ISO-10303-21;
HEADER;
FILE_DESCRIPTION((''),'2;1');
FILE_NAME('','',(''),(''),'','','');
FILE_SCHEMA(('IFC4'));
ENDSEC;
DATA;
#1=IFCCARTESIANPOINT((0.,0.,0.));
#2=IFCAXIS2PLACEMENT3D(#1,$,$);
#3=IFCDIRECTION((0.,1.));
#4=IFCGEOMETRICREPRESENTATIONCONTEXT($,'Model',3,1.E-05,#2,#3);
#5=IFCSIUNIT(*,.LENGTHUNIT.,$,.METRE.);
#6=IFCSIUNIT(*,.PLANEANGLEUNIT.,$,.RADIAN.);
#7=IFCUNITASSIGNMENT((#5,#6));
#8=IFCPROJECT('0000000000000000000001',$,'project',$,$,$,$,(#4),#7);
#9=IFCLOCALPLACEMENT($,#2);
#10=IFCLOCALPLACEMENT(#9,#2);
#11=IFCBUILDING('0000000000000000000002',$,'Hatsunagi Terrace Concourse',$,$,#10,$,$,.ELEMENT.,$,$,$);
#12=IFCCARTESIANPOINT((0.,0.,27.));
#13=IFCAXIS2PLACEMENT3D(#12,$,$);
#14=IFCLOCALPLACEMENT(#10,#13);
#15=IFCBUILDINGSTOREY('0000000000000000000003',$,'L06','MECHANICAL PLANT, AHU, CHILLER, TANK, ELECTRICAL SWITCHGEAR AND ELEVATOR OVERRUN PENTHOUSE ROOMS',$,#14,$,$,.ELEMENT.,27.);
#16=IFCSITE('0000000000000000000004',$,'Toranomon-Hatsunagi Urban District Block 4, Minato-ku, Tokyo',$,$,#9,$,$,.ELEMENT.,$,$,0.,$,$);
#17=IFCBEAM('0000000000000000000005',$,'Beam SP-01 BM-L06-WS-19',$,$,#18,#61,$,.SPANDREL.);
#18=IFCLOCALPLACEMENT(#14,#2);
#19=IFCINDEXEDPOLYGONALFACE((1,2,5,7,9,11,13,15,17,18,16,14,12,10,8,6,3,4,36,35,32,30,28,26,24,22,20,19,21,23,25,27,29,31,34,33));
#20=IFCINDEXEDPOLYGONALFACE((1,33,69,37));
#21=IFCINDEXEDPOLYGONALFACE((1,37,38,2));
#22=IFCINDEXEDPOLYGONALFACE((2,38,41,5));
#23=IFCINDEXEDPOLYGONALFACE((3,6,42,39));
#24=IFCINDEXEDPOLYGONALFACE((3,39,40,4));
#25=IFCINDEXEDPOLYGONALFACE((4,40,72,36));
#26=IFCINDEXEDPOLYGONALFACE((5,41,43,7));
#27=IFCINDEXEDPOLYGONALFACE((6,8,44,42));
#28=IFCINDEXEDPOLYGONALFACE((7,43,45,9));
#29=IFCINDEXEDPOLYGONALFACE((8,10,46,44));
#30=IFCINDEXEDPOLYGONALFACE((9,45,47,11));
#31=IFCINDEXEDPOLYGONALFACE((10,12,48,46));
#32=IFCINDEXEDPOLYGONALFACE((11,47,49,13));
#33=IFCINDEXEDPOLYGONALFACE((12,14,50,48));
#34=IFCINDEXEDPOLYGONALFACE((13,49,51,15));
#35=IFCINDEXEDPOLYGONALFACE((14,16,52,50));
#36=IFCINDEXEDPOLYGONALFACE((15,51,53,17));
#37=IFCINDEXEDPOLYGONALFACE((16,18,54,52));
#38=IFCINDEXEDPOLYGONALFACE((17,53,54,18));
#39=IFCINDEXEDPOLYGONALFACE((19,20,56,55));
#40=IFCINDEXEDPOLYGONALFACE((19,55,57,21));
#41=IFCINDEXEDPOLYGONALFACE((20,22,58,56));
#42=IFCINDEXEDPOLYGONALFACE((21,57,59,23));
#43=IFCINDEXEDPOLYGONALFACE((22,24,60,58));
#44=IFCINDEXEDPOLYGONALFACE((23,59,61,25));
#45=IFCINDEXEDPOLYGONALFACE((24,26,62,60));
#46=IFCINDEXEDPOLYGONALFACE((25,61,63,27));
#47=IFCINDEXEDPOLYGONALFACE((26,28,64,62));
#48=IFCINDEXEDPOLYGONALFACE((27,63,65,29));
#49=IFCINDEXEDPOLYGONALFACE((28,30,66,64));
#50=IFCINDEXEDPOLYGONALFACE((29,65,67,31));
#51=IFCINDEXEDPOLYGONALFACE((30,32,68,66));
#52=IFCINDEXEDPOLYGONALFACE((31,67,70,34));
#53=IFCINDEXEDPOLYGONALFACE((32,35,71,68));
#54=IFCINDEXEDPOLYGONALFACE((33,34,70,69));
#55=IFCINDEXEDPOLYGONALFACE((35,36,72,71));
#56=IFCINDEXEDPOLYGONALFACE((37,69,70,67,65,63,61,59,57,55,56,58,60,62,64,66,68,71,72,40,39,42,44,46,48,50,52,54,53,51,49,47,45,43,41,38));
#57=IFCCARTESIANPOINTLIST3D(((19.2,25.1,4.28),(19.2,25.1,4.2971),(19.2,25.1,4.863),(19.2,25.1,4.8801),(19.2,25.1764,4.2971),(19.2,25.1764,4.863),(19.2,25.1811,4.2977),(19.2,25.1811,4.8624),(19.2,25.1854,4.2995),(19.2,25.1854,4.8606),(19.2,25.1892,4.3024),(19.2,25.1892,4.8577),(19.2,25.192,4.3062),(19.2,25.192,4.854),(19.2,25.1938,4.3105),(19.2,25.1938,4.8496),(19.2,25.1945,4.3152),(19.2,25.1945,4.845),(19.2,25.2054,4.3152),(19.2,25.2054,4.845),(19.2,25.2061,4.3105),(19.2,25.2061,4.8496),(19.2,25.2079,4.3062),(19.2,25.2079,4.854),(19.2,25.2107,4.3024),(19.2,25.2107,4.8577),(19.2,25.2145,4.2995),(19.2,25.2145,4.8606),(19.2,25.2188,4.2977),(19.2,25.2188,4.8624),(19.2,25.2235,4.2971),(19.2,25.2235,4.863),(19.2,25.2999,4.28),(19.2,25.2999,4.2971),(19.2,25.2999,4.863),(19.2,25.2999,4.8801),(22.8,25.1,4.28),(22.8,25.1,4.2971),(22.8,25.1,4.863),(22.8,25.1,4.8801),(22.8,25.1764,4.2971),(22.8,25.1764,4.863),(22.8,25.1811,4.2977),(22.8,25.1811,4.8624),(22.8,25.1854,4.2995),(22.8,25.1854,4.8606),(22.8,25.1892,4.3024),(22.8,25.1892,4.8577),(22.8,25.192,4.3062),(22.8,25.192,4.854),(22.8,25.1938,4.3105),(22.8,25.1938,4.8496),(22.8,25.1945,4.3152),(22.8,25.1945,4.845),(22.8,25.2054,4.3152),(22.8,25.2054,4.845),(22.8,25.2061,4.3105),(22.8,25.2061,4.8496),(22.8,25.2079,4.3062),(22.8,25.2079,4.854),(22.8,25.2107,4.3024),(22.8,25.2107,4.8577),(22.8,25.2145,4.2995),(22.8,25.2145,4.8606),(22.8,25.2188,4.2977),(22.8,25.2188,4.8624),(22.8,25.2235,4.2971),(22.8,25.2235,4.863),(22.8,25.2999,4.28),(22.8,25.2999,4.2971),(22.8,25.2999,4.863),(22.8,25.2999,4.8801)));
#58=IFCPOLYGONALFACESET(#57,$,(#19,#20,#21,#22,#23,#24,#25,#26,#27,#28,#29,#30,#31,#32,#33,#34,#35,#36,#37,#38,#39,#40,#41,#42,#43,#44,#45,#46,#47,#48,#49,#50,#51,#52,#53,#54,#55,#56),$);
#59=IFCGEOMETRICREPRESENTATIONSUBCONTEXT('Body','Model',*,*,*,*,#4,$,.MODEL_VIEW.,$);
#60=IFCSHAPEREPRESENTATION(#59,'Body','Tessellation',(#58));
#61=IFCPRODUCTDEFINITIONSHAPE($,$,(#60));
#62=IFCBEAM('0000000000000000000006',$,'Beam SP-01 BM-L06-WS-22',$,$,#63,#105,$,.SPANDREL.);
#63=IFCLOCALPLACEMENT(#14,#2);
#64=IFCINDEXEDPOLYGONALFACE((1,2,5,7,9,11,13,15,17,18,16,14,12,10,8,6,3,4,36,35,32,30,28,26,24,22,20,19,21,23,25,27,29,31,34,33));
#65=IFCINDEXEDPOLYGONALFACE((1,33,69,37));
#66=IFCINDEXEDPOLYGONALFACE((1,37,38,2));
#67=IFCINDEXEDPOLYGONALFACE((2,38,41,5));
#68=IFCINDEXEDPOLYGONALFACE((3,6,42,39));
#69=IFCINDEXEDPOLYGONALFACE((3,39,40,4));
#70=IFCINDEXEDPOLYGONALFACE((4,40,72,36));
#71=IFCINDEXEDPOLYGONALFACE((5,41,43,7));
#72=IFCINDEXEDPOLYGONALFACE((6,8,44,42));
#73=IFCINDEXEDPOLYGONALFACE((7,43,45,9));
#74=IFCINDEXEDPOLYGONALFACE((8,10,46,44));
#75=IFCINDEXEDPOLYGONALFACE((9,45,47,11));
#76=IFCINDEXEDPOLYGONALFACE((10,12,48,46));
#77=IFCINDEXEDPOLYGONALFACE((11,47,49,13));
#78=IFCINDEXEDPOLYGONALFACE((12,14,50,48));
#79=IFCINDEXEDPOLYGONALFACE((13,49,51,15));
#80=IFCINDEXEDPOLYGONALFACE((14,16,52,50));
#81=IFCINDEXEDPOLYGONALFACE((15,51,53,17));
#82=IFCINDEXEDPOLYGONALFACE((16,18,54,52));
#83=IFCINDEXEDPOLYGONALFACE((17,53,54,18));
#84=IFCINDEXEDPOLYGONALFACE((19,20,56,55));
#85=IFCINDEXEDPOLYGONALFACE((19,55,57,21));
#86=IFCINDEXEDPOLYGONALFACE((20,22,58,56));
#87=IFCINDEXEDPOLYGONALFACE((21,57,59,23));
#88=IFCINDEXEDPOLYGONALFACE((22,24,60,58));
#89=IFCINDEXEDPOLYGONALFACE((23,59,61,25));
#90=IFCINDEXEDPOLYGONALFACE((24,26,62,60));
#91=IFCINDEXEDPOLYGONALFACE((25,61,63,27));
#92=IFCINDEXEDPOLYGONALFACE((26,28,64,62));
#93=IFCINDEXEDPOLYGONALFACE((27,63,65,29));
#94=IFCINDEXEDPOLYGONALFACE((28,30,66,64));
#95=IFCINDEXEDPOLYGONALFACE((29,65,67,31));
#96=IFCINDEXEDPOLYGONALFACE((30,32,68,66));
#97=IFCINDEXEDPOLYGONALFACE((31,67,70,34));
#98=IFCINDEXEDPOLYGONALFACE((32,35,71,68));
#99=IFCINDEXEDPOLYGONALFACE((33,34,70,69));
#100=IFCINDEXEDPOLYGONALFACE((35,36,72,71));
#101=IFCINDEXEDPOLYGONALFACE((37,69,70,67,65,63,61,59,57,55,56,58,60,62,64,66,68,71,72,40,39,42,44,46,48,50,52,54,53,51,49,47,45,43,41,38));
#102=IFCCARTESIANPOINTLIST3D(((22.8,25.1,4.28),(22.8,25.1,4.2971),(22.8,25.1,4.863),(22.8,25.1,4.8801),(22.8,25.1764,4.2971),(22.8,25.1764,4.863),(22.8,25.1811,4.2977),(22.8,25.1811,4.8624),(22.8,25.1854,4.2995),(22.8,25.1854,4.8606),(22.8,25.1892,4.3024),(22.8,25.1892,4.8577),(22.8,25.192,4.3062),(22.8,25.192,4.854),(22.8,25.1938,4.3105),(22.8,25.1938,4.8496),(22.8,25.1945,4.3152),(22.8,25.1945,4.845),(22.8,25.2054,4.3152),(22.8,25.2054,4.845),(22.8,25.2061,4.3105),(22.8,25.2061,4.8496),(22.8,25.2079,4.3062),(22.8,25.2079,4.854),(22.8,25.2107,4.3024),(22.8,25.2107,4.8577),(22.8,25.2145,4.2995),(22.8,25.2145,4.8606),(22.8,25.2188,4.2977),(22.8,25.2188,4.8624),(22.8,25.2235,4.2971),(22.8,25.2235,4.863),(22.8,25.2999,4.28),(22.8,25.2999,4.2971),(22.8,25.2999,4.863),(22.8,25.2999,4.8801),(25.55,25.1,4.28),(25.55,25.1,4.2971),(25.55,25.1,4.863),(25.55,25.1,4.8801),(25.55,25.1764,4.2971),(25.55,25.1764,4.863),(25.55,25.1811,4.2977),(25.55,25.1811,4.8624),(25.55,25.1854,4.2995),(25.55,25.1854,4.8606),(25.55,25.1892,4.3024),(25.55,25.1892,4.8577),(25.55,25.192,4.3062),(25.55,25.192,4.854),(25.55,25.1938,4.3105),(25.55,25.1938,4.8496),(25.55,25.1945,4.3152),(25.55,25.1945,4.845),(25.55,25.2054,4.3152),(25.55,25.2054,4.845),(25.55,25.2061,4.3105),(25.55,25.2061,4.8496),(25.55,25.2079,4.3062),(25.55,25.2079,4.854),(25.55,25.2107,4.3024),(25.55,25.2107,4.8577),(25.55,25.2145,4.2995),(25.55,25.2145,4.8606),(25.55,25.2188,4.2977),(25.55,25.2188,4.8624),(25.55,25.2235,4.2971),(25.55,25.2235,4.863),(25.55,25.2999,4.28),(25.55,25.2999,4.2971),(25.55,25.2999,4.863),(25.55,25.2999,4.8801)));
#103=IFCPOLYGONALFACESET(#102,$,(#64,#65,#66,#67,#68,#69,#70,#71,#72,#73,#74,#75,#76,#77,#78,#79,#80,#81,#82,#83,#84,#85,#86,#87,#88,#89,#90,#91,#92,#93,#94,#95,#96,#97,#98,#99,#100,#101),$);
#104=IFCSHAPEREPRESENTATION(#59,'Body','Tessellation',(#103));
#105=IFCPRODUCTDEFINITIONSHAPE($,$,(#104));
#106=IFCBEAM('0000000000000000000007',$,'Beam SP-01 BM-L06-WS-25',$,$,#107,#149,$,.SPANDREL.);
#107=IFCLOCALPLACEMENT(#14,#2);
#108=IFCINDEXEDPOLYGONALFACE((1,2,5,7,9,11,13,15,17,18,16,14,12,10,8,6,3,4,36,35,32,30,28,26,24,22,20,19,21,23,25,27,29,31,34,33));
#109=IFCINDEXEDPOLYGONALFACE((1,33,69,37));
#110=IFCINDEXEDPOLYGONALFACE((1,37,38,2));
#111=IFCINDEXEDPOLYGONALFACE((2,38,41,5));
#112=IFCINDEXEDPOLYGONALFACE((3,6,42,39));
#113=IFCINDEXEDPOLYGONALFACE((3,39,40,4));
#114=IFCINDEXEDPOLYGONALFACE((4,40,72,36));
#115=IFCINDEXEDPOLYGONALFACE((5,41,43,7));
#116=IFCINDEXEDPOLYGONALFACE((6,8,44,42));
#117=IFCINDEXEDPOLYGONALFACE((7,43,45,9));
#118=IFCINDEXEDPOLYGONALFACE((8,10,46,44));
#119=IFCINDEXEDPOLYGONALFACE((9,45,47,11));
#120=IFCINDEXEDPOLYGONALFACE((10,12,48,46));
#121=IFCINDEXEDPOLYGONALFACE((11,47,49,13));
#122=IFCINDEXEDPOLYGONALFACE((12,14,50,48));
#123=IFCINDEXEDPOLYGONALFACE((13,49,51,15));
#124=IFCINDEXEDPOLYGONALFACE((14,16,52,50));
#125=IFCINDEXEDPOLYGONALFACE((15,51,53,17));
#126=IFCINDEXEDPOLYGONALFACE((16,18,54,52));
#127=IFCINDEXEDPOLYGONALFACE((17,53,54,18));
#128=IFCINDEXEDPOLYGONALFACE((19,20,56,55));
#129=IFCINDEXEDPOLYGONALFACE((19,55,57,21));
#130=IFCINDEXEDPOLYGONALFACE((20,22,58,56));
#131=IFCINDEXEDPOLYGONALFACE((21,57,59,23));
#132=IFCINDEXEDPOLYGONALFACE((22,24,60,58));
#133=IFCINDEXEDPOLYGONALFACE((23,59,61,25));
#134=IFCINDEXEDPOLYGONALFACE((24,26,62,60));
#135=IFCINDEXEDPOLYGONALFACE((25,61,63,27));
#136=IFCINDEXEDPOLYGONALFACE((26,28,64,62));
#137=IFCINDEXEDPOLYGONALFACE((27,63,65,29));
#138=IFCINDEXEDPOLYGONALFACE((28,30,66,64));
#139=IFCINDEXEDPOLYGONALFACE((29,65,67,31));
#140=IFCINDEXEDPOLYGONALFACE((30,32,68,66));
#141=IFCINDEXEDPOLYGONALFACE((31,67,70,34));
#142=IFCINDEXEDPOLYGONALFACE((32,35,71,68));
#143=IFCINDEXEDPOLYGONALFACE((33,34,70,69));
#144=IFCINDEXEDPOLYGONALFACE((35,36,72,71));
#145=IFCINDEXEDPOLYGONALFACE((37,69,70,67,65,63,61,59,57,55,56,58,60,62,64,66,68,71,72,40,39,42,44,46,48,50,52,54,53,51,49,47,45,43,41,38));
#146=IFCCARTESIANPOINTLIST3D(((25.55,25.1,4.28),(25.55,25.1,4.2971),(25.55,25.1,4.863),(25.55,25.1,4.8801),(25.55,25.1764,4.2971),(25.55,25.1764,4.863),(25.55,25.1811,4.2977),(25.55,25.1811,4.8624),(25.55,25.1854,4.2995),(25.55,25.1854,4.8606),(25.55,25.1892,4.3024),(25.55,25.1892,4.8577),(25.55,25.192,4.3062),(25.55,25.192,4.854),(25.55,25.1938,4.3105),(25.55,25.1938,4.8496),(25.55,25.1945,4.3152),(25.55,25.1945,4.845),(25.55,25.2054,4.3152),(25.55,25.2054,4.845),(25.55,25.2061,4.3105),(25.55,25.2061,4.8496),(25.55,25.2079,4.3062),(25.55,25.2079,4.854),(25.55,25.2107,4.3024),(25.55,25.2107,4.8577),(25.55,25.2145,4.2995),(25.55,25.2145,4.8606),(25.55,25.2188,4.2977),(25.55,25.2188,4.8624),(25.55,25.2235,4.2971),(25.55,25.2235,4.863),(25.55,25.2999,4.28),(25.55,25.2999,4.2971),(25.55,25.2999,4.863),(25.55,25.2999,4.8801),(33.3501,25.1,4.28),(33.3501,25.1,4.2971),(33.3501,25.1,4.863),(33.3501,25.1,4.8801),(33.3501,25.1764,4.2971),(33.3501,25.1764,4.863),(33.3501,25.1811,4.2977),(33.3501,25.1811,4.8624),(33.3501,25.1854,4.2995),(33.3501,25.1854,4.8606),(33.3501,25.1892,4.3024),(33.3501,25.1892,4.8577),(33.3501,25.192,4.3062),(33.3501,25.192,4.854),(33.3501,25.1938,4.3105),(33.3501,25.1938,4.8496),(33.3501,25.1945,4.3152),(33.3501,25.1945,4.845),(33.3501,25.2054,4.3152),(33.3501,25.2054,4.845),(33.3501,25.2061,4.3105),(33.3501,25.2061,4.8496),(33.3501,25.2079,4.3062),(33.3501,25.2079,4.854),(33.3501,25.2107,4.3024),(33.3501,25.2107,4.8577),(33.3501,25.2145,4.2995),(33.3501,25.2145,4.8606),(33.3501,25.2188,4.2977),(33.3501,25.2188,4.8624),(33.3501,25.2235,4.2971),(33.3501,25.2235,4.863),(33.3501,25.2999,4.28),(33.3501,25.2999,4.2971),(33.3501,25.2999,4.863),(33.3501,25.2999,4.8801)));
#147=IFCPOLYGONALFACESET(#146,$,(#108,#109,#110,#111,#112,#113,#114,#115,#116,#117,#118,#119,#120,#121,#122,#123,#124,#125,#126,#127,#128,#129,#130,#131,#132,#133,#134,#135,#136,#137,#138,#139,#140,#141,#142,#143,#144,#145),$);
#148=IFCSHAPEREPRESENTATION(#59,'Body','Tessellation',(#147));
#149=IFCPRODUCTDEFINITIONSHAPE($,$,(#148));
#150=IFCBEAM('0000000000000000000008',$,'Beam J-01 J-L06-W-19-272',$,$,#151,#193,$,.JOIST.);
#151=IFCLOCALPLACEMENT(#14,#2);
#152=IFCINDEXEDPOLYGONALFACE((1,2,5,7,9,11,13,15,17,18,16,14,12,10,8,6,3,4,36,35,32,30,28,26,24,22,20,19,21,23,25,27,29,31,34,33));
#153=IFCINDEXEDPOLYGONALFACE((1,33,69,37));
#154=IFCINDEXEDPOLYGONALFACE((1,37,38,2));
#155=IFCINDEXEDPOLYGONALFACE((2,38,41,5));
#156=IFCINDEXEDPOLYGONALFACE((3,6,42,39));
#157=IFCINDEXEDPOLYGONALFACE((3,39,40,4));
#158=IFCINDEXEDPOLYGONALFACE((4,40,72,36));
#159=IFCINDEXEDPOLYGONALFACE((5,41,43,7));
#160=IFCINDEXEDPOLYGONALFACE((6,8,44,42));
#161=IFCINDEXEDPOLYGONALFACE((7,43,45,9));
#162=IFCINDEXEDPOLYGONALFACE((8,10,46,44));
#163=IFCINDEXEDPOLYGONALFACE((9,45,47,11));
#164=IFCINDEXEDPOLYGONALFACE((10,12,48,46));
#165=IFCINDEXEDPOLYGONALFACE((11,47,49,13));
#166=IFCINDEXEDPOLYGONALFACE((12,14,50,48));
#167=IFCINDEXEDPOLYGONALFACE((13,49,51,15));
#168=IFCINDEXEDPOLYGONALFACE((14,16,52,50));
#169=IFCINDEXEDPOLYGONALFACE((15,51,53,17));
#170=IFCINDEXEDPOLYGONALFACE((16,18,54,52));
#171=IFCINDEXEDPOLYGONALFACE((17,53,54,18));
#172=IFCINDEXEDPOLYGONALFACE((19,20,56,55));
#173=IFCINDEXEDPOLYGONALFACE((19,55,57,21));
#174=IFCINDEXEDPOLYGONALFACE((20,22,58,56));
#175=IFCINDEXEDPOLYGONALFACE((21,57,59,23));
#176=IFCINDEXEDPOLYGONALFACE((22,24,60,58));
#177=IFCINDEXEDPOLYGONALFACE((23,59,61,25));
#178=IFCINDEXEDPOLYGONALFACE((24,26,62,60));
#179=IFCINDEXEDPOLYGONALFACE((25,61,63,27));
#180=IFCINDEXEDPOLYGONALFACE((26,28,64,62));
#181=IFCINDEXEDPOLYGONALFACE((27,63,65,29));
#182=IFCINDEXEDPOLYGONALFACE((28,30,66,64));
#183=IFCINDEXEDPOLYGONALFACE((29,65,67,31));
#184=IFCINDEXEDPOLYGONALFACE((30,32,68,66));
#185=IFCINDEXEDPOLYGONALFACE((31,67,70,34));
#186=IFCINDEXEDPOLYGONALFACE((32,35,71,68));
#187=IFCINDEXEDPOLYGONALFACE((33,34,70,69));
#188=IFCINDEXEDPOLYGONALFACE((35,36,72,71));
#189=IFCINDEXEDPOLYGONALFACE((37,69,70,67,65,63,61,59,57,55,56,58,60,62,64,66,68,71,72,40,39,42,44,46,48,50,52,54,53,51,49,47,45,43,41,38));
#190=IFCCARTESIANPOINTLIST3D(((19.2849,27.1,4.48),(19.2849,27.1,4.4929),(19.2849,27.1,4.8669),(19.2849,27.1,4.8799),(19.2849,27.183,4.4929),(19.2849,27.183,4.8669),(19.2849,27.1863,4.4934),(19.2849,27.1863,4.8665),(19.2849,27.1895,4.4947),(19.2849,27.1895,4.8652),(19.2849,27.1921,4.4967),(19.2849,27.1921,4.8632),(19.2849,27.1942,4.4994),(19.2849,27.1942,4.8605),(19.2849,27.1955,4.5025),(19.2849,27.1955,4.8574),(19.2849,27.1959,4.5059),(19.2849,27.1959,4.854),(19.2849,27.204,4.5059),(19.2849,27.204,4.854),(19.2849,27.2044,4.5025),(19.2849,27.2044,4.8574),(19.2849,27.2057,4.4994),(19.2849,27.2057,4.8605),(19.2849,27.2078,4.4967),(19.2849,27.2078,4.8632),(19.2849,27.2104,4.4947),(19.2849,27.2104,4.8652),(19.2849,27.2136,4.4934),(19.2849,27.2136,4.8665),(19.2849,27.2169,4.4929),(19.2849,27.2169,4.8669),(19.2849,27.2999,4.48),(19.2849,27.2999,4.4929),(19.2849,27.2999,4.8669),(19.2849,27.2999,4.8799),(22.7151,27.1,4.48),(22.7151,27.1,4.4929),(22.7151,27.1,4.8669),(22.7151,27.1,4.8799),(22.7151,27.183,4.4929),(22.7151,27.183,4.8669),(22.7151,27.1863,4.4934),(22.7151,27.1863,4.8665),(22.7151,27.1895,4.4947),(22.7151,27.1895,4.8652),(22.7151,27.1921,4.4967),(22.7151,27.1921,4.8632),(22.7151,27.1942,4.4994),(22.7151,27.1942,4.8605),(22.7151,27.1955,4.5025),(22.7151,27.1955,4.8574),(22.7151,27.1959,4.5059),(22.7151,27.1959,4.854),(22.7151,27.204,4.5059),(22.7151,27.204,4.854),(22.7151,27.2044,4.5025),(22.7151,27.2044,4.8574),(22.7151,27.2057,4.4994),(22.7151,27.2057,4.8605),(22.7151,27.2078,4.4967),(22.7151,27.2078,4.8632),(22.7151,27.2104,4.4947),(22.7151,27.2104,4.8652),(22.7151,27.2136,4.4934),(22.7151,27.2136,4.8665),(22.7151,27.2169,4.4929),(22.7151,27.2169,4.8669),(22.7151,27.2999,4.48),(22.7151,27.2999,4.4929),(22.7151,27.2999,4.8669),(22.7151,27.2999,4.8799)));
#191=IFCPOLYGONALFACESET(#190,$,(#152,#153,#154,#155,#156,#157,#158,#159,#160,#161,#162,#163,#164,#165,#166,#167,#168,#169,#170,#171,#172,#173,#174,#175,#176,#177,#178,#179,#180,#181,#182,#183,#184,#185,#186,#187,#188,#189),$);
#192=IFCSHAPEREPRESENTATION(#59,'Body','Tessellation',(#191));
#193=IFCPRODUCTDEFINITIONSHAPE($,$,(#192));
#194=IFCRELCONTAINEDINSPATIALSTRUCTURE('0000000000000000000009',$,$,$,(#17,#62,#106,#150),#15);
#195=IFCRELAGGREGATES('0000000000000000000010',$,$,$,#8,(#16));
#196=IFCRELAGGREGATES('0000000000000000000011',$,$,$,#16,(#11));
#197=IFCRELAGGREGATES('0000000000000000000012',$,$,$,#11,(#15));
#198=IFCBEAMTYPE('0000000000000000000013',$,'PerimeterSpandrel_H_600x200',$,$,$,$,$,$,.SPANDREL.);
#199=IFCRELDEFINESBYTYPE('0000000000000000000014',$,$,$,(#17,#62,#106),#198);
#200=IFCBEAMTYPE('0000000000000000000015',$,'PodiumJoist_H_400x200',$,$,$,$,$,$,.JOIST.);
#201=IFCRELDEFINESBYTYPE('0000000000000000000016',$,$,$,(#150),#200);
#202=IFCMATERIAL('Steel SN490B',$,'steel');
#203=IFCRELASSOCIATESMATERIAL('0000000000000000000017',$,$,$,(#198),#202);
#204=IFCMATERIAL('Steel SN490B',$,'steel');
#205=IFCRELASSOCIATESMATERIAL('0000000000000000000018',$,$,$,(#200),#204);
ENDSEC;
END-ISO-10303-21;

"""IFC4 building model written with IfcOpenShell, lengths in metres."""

from ifc_helpers import new_model, si_unit, direction, frame, origin, origin_2d, place, context, subcontext, project, spatial, i_section, extrude, material, material_profile, profile_set, type_object, element, save


model = new_model("IFC4")

# Units and contexts
model_context = context("Model", 3, precision=1e-05, world=origin(), true_north=direction((0.0, 1.0)))
body_context = subcontext(model_context, "Body", "Model", "MODEL_VIEW")
ifc_project = project(units=[si_unit("LENGTHUNIT", "METRE"), si_unit("PLANEANGLEUNIT", "RADIAN")], contexts=[model_context])

# Site, building, storey
site_placement = place(None, origin())
site = spatial("IfcSite", under=ifc_project, at=site_placement, Name="Toranomon-Hatsunagi Urban District Block 4, Minato-ku, Tokyo", CompositionType="ELEMENT", RefElevation=0.0)
building_placement = place(site_placement, origin())
building = spatial("IfcBuilding", under=site, at=building_placement, Name="Hatsunagi Terrace Concourse", CompositionType="ELEMENT")
storey_placement = place(building_placement, frame((0.0, 0.0, 27.0)))
storey = spatial("IfcBuildingStorey", under=building, at=storey_placement, Name="L06", Description="MECHANICAL PLANT, AHU, CHILLER, TANK, ELECTRICAL SWITCHGEAR AND ELEVATOR OVERRUN PENTHOUSE ROOMS", CompositionType="ELEMENT", Elevation=27.0)

# Beams
ifc_material_1 = material(Name="Steel SN490B", Category="steel")
ifc_material_profile_1 = material_profile(ifc_material_1, i_section(OverallWidth=0.2, OverallDepth=0.6001, WebThickness=0.011, FlangeThickness=0.0171, FilletRadius=0.0181, at=origin_2d()), Name="H-600x200x11x17")
ifc_profile_set_1 = profile_set([ifc_material_profile_1], Name="Steel SN490B")
beam_type_1 = type_object("IfcBeamType", Name="PerimeterSpandrel_H_600x200", PredefinedType="SPANDREL", material=ifc_profile_set_1)
beam_1_placement = place(storey_placement, frame((19.2, 25.2, 4.5801), z_axis=(1.0, 0.0, 0.0), x_axis=(0.0, 1.0, 0.0)))
element("IfcBeam", 1, at=beam_1_placement, inside=storey, type_object=beam_type_1, Name="Beam SP-01 BM-L06-WS-19", PredefinedType="SPANDREL", context=body_context, shape_type="SweptSolid", body=[
    extrude(i_section(OverallWidth=0.2, OverallDepth=0.6001, WebThickness=0.011, FlangeThickness=0.0171, FilletRadius=0.0181, at=origin_2d()), origin(), (0.0, 0.0, 1.0), 3.6001),
])
beam_2_placement = place(storey_placement, frame((22.8, 25.2, 4.5801), z_axis=(1.0, 0.0, 0.0), x_axis=(0.0, 1.0, 0.0)))
element("IfcBeam", 2, at=beam_2_placement, inside=storey, type_object=beam_type_1, Name="Beam SP-01 BM-L06-WS-22", PredefinedType="SPANDREL", context=body_context, shape_type="SweptSolid", body=[
    extrude(i_section(OverallWidth=0.2, OverallDepth=0.6001, WebThickness=0.011, FlangeThickness=0.0171, FilletRadius=0.0181, at=origin_2d()), origin(), (0.0, 0.0, 1.0), 2.75),
])
beam_3_placement = place(storey_placement, frame((25.55, 25.2, 4.5801), z_axis=(1.0, 0.0, 0.0), x_axis=(0.0, 1.0, 0.0)))
element("IfcBeam", 3, at=beam_3_placement, inside=storey, type_object=beam_type_1, Name="Beam SP-01 BM-L06-WS-25", PredefinedType="SPANDREL", context=body_context, shape_type="SweptSolid", body=[
    extrude(i_section(OverallWidth=0.2, OverallDepth=0.6001, WebThickness=0.011, FlangeThickness=0.0171, FilletRadius=0.0181, at=origin_2d()), origin(), (0.0, 0.0, 1.0), 7.8),
])
ifc_material_2 = material(Name="Steel SN490B", Category="steel")
ifc_material_profile_2 = material_profile(ifc_material_2, i_section(OverallWidth=0.2, OverallDepth=0.3999, WebThickness=0.0081, FlangeThickness=0.0129, FilletRadius=0.0129, at=origin_2d()), Name="H-400x200x8x13")
ifc_profile_set_2 = profile_set([ifc_material_profile_2], Name="Steel SN490B")
beam_type_2 = type_object("IfcBeamType", Name="PodiumJoist_H_400x200", PredefinedType="JOIST", material=ifc_profile_set_2)
beam_4_placement = place(storey_placement, frame((19.2849, 27.2, 4.6799), z_axis=(1.0, 0.0, 0.0), x_axis=(0.0, 1.0, 0.0)))
element("IfcBeam", 4, at=beam_4_placement, inside=storey, type_object=beam_type_2, Name="Beam J-01 J-L06-W-19-272", PredefinedType="JOIST", context=body_context, shape_type="SweptSolid", body=[
    extrude(i_section(OverallWidth=0.2, OverallDepth=0.3999, WebThickness=0.0081, FlangeThickness=0.0129, FilletRadius=0.0129, at=origin_2d()), origin(), (0.0, 0.0, 1.0), 3.4302),
])

save(model, "model.ifc")
